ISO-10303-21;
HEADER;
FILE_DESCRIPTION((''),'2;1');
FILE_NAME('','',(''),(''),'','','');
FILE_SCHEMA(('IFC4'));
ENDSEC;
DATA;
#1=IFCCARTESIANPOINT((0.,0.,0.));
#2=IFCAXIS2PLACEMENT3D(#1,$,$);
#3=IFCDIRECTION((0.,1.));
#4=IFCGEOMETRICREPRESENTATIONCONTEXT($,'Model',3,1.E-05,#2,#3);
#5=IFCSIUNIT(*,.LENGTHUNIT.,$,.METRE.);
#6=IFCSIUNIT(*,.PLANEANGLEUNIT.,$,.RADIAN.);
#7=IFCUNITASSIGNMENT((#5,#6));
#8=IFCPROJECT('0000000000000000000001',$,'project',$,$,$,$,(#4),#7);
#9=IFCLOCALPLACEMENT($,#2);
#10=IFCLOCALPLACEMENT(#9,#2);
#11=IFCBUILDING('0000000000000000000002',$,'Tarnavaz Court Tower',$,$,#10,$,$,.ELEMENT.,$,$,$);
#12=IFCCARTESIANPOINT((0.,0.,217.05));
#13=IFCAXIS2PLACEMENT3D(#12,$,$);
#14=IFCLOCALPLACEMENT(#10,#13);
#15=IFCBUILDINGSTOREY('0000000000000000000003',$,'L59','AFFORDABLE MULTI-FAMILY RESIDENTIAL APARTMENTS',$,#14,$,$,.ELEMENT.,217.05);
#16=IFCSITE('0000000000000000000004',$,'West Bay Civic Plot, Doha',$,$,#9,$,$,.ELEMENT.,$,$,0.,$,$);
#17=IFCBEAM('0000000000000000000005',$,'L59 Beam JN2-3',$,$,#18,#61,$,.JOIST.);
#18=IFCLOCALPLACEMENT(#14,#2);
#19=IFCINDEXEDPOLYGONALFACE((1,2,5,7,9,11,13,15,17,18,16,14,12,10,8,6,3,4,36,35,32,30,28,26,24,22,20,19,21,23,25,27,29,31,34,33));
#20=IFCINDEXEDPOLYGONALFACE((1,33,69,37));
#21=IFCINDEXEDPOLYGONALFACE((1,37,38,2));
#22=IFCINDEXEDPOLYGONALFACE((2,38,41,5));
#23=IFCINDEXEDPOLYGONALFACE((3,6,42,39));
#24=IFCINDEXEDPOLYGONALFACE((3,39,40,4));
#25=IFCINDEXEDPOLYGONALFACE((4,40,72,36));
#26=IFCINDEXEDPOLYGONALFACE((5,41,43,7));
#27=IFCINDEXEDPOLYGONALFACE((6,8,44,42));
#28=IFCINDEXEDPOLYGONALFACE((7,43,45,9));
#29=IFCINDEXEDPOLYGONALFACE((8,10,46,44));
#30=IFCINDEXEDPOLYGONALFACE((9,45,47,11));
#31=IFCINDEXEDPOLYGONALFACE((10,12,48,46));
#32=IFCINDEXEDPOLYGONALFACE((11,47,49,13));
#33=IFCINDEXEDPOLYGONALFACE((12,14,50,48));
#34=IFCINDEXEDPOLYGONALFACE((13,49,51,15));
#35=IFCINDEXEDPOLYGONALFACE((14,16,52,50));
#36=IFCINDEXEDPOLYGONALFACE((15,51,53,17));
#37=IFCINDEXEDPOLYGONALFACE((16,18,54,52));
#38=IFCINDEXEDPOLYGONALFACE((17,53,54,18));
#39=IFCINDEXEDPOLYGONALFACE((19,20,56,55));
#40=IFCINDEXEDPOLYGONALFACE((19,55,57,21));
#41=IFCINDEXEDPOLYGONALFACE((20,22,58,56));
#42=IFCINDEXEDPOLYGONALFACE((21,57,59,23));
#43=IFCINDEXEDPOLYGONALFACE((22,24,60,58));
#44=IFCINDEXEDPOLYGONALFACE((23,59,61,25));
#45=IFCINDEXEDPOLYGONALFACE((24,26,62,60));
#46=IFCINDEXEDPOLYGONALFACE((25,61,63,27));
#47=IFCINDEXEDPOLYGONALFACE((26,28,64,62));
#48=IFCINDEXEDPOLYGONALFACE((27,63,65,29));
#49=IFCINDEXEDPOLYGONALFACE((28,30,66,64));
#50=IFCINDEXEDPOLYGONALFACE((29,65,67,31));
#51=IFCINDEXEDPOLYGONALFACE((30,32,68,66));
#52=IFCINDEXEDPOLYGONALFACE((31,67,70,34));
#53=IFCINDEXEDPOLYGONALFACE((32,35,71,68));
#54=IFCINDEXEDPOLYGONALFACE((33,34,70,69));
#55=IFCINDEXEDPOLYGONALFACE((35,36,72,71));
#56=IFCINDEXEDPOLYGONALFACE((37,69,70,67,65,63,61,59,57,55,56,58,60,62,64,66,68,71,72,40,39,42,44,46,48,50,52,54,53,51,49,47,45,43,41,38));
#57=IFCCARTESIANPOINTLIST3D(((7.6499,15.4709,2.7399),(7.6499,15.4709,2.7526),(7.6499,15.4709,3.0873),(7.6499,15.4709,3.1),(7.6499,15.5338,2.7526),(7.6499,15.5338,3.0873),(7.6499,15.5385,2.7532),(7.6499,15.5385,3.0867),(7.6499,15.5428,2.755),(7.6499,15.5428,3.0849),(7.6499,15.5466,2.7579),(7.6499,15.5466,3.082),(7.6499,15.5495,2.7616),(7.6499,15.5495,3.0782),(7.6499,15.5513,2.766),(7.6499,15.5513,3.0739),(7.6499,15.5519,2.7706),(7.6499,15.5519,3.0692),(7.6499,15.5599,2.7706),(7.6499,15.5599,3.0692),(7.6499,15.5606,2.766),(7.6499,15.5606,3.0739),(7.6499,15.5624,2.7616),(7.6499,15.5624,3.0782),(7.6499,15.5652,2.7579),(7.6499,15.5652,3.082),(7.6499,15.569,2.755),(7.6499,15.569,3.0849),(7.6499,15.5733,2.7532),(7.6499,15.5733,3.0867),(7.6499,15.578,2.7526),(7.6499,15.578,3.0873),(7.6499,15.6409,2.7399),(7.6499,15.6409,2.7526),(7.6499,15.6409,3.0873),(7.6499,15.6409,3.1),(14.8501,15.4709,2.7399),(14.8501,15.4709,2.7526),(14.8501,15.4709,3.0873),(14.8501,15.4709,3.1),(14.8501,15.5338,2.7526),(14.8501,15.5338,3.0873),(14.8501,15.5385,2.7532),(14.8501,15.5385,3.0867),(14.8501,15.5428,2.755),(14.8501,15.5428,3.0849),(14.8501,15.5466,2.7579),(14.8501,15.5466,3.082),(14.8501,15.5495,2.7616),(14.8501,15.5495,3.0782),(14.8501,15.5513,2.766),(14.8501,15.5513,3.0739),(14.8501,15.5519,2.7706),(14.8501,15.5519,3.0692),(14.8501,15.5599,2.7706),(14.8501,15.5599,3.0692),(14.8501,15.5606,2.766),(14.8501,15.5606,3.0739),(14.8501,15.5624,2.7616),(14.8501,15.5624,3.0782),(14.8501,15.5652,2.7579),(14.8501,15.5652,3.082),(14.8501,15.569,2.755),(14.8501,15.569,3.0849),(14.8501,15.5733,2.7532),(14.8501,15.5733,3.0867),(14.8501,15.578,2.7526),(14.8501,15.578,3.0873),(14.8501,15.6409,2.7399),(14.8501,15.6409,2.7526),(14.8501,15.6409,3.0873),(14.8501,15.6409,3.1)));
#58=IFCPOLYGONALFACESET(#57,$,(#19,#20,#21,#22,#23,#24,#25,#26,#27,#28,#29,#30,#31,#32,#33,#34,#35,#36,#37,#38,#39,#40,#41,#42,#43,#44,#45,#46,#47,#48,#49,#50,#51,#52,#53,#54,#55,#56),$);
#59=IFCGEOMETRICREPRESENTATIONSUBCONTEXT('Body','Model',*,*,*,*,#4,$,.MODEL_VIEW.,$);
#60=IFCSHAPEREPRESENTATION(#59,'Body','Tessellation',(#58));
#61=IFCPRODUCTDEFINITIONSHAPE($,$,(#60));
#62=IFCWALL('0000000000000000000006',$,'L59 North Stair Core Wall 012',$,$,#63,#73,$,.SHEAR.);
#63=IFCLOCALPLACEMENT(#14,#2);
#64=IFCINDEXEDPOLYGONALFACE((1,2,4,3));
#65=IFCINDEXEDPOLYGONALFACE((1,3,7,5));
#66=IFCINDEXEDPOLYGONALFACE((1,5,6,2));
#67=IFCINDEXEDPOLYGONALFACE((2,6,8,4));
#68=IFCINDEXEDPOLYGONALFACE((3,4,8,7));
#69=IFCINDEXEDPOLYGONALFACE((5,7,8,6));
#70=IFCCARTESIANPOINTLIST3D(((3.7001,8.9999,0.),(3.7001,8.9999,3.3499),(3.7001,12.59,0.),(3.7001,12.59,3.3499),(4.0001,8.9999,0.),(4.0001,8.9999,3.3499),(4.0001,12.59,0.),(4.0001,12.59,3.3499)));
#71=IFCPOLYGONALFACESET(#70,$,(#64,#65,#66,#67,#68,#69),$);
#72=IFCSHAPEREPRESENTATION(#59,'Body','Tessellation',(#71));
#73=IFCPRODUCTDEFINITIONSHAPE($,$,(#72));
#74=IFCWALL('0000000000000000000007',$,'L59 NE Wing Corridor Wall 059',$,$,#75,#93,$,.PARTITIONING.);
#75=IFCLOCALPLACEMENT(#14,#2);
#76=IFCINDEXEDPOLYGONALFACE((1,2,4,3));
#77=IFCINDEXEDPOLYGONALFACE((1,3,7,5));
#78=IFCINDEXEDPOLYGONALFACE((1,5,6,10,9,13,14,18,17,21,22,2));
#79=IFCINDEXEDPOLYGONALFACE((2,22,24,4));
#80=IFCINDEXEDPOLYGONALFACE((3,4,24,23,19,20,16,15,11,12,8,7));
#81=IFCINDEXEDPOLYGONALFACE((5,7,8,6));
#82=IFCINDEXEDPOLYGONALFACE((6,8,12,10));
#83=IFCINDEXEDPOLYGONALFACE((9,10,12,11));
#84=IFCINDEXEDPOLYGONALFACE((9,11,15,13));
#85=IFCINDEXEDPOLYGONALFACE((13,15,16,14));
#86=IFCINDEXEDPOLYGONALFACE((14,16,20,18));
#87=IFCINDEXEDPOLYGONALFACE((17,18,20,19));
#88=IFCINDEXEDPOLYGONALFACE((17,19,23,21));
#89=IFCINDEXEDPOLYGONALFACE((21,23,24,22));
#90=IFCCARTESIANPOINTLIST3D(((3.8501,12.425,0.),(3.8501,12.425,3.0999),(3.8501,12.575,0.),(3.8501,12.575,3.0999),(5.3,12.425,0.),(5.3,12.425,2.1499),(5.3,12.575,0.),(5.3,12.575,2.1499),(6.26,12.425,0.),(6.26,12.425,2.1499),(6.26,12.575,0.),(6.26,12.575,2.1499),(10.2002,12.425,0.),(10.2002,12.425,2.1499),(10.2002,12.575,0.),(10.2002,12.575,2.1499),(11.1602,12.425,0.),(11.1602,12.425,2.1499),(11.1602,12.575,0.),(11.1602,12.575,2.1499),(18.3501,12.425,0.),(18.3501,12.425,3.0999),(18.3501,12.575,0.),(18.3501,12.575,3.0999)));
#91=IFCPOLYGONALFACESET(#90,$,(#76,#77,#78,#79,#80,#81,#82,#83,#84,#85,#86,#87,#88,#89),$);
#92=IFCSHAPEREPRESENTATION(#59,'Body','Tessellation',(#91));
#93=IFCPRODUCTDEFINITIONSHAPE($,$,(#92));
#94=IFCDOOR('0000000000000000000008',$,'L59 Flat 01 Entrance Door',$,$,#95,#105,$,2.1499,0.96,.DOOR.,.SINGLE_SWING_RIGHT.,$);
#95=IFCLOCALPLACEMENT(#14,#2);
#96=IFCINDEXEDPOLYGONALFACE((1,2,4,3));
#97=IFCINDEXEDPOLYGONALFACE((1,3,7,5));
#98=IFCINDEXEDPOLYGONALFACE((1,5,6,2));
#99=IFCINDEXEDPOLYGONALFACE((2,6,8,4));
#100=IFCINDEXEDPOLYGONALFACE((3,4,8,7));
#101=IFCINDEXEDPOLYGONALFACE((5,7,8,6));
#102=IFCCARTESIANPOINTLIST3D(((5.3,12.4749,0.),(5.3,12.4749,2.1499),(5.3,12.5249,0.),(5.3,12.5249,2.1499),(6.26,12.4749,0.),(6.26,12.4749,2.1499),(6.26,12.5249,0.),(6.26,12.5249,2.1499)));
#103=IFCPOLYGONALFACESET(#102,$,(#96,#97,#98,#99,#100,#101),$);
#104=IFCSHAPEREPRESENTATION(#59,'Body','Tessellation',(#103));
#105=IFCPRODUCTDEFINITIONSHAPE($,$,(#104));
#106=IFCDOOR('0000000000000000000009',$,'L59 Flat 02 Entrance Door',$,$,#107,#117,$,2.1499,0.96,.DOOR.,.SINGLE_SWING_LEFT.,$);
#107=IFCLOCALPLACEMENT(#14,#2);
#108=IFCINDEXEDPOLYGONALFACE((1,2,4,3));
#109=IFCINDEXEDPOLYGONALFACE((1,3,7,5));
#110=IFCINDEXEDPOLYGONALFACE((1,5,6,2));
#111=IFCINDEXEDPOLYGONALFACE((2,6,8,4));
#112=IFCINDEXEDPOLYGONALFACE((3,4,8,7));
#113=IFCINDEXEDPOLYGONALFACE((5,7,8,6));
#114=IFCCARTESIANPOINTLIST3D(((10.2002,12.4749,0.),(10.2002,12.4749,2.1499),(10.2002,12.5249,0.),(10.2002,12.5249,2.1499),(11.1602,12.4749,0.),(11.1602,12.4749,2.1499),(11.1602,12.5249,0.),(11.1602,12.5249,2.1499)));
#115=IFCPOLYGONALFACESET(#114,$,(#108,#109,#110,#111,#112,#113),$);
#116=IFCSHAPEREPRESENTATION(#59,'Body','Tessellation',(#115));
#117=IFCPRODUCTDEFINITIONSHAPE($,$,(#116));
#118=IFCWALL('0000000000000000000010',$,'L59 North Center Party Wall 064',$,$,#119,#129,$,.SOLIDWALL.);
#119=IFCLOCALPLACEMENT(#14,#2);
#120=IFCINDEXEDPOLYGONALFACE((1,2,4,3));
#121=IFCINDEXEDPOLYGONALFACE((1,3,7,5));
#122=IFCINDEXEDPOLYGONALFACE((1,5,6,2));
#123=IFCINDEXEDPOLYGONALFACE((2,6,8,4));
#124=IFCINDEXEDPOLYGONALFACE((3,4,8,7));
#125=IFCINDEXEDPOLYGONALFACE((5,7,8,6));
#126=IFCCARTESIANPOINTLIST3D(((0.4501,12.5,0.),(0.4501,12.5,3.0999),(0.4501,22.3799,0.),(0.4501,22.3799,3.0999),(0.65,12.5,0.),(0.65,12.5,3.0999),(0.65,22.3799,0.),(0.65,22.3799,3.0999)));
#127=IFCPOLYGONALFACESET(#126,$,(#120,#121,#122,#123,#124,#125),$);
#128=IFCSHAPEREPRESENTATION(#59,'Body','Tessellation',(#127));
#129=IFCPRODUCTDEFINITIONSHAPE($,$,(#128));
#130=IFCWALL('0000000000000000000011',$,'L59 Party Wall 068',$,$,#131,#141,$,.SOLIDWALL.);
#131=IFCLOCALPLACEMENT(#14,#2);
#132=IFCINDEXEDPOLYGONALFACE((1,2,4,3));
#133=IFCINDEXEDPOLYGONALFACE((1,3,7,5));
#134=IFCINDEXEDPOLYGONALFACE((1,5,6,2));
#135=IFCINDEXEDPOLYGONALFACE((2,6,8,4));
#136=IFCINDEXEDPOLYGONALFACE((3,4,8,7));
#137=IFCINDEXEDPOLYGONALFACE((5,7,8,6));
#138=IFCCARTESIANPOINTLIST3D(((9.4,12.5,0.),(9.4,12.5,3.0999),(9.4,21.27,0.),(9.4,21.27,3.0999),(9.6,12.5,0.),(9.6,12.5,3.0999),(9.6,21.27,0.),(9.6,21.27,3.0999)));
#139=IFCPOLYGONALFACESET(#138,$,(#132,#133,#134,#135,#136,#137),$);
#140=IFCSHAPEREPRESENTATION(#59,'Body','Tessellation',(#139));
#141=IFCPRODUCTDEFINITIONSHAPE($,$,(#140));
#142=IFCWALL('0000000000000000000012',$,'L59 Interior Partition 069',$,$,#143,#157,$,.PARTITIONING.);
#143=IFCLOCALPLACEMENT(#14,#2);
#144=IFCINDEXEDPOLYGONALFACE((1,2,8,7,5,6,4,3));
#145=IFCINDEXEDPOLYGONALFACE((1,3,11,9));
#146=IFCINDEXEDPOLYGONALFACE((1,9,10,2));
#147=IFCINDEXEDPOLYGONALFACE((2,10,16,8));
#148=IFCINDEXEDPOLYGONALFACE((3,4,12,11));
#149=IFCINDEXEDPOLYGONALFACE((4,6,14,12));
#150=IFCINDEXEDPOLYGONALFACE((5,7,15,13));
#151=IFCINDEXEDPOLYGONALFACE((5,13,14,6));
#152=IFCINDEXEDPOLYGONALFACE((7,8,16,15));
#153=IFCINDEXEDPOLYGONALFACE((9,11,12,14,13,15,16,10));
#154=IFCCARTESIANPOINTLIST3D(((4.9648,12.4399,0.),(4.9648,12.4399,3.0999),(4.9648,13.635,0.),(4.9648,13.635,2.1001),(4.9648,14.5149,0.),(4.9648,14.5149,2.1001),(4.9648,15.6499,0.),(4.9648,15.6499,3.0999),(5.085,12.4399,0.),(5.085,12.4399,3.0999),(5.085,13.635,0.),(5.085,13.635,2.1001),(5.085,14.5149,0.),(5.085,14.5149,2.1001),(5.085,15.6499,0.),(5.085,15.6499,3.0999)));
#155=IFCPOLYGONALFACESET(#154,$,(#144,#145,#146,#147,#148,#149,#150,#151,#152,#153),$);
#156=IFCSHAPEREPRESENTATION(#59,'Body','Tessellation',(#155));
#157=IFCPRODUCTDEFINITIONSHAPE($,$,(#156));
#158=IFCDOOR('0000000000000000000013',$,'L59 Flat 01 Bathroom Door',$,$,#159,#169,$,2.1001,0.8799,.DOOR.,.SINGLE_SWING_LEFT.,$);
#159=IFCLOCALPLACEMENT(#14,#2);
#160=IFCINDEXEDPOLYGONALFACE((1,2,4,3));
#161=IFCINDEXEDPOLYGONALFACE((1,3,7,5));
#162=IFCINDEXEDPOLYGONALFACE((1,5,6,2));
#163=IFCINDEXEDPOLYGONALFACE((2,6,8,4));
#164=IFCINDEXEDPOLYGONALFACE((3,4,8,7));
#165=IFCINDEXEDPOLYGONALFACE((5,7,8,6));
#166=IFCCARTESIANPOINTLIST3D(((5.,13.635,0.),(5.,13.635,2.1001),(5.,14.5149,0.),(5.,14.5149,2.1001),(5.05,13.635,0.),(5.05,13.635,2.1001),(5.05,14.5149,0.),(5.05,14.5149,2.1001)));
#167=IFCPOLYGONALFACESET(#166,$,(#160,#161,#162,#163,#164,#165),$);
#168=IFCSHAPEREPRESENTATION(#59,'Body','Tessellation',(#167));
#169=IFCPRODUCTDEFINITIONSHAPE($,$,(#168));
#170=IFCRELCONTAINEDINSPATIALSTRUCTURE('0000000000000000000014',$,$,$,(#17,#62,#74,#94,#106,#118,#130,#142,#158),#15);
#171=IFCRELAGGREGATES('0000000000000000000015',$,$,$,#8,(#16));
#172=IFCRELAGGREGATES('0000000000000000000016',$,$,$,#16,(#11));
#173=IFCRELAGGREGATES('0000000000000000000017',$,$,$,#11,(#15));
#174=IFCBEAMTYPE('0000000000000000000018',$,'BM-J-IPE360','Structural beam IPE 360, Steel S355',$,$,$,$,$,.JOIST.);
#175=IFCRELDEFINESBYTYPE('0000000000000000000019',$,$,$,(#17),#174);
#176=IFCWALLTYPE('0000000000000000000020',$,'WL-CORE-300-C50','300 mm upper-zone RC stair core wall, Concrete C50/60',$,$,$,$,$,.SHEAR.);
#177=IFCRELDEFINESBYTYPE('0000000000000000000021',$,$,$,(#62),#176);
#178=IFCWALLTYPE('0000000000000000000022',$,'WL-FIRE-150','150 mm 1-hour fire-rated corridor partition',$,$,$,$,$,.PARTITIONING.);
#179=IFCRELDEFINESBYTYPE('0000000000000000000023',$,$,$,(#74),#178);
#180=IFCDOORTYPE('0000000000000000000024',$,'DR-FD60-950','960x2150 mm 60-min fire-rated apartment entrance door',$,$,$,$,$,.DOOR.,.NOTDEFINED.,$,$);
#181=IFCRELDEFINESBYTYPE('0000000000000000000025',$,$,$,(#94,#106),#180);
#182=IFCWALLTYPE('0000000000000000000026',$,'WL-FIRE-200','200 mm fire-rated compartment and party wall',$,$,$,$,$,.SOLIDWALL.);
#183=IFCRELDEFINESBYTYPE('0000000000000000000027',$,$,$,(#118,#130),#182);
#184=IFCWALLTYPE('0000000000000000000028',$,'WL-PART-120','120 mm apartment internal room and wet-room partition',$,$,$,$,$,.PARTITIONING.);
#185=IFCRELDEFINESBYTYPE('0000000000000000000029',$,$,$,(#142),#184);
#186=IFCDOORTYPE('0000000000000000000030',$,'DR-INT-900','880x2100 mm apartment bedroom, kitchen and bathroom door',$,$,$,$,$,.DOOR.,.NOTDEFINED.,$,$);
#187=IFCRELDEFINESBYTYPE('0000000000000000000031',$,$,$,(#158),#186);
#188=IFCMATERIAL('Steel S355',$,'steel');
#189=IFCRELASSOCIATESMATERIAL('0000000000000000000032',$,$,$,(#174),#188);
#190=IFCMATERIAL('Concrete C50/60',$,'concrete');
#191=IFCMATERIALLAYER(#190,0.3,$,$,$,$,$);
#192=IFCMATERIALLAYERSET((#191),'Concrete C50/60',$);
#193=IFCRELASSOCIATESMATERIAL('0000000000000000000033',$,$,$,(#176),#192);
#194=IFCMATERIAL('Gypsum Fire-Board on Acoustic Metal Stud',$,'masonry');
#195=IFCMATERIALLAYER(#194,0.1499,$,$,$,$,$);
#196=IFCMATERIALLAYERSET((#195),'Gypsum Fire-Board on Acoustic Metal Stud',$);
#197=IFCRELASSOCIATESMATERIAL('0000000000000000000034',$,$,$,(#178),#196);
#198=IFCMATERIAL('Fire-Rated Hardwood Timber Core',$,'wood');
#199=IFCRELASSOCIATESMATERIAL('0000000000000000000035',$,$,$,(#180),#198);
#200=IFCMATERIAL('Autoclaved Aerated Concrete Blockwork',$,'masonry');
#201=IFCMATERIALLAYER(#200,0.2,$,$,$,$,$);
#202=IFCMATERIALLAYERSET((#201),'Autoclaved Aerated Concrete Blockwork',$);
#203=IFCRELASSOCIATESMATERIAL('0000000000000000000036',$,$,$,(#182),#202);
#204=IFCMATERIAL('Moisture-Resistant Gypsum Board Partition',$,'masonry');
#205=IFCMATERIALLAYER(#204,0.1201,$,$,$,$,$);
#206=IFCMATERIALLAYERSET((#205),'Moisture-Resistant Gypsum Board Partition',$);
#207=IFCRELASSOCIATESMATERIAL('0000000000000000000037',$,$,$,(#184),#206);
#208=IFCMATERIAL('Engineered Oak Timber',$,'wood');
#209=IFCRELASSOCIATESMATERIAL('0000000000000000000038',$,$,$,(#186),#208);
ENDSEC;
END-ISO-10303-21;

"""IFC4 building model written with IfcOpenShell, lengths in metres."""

from ifc_helpers import new_model, si_unit, direction, frame, frame_2d, origin, origin_2d, place, context, subcontext, project, spatial, rectangle, i_section, extrude, material, layer, layer_set, material_profile, profile_set, type_object, element, fill, save


model = new_model("IFC4")

# Units and contexts
model_context = context("Model", 3, precision=1e-05, world=origin(), true_north=direction((0.0, 1.0)))
body_context = subcontext(model_context, "Body", "Model", "MODEL_VIEW")
ifc_project = project(units=[si_unit("LENGTHUNIT", "METRE"), si_unit("PLANEANGLEUNIT", "RADIAN")], contexts=[model_context])

# Site, building, storey
site_placement = place(None, origin())
site = spatial("IfcSite", under=ifc_project, at=site_placement, Name="West Bay Civic Plot, Doha", CompositionType="ELEMENT", RefElevation=0.0)
building_placement = place(site_placement, origin())
building = spatial("IfcBuilding", under=site, at=building_placement, Name="Tarnavaz Court Tower", CompositionType="ELEMENT")
storey_placement = place(building_placement, frame((0.0, 0.0, 217.05)))
storey = spatial("IfcBuildingStorey", under=building, at=storey_placement, Name="L59", Description="AFFORDABLE MULTI-FAMILY RESIDENTIAL APARTMENTS", CompositionType="ELEMENT", Elevation=217.05)

# Shared definitions
ifc_material_1 = material(Name="Concrete C50/60", Category="concrete")

# Beam
ifc_material_2 = material(Name="Steel S355", Category="steel")
ifc_material_profile_1 = material_profile(ifc_material_2, i_section(OverallWidth=0.1699, OverallDepth=0.3601, WebThickness=0.0081, FlangeThickness=0.0127, FilletRadius=0.0181, at=origin_2d()), Name="IPE 360")
ifc_profile_set_1 = profile_set([ifc_material_profile_1], Name="Steel S355")
beam_type_1 = type_object("IfcBeamType", Name="BM-J-IPE360", Description="Structural beam IPE 360, Steel S355", PredefinedType="JOIST", material=ifc_profile_set_1)
for number, where, z_axis, x_axis, name in (
    (1, (7.6499, 15.5559, 2.9199), (1.0, 0.0, 0.0), (0.0, 1.0, 0.0), "L59 Beam JN2-3"),
):
    element("IfcBeam", number, at=place(storey_placement, frame(where, z_axis=z_axis, x_axis=x_axis)), inside=storey, type_object=beam_type_1, Name=name, PredefinedType="JOIST", context=body_context, shape_type="SweptSolid", body=[
        extrude(i_section(OverallWidth=0.1699, OverallDepth=0.3601, WebThickness=0.0081, FlangeThickness=0.0127, FilletRadius=0.0181, at=origin_2d()), origin(), (0.0, 0.0, 1.0), 7.2002),
    ])

# Shared definitions
ifc_layer_1 = layer(ifc_material_1, 0.3)
ifc_layer_set_1 = layer_set([ifc_layer_1], Name="Concrete C50/60")
wall_type_1 = type_object("IfcWallType", Name="WL-CORE-300-C50", Description="300 mm upper-zone RC stair core wall, Concrete C50/60", PredefinedType="SHEAR", material=ifc_layer_set_1)
ifc_material_3 = material(Name="Fire-Rated Hardwood Timber Core", Category="wood")

# Wall
wall_1_placement = place(storey_placement, frame((3.8501, 9.0, 0.0), z_axis=(0.0, 0.0, 1.0), x_axis=(0.0, 1.0, 0.0)))
element("IfcWall", 2, at=wall_1_placement, inside=storey, type_object=wall_type_1, Name="L59 North Stair Core Wall 012", PredefinedType="SHEAR", context=body_context, shape_type="SweptSolid", body=[
    extrude(rectangle(XDim=3.5901, YDim=0.3, at=frame_2d((1.7949, 0.0))), origin(), (0.0, 0.0, 1.0), 3.3499),
])

# Wall, openings, doors
ifc_material_4 = material(Name="Gypsum Fire-Board on Acoustic Metal Stud", Category="masonry")
ifc_layer_2 = layer(ifc_material_4, 0.1499)
ifc_layer_set_2 = layer_set([ifc_layer_2], Name="Gypsum Fire-Board on Acoustic Metal Stud")
wall_type_2 = type_object("IfcWallType", Name="WL-FIRE-150", Description="150 mm 1-hour fire-rated corridor partition", PredefinedType="PARTITIONING", material=ifc_layer_set_2)
wall_2_placement = place(storey_placement, frame((3.8501, 12.5, 0.0), z_axis=(0.0, 0.0, 1.0), x_axis=(1.0, 0.0, 0.0)))
wall_2 = element("IfcWall", 3, at=wall_2_placement, inside=storey, type_object=wall_type_2, Name="L59 NE Wing Corridor Wall 059", PredefinedType="PARTITIONING", context=body_context, shape_type="SweptSolid", body=[
    extrude(rectangle(XDim=14.5, YDim=0.1499, at=frame_2d((7.25, 0.0))), origin(), (0.0, 0.0, 1.0), 3.0999),
])
opening_1_placement = place(wall_2_placement, frame((1.45, 0.0, 0.0)))
opening_1 = element("IfcOpeningElement", 4, at=opening_1_placement, cuts=wall_2, PredefinedType="OPENING", context=body_context, shape_type="SweptSolid", body=[
    extrude(rectangle(XDim=0.96, YDim=2.1499, at=frame_2d((0.48, 1.075))), frame((0.0, 0.085, 0.0), z_axis=(0.0, -1.0, 0.0), x_axis=(1.0, 0.0, 0.0)), (0.0, 0.0, 1.0), 0.1699),
])
opening_2_placement = place(wall_2_placement, frame((6.3501, 0.0, 0.0)))
opening_2 = element("IfcOpeningElement", 5, at=opening_2_placement, cuts=wall_2, PredefinedType="OPENING", context=body_context, shape_type="SweptSolid", body=[
    extrude(rectangle(XDim=0.96, YDim=2.1499, at=frame_2d((0.48, 1.075))), frame((0.0, 0.085, 0.0), z_axis=(0.0, -1.0, 0.0), x_axis=(1.0, 0.0, 0.0)), (0.0, 0.0, 1.0), 0.1699),
])
door_type_1 = type_object("IfcDoorType", Name="DR-FD60-950", Description="960x2150 mm 60-min fire-rated apartment entrance door", OperationType="NOTDEFINED", PredefinedType="DOOR", material=ifc_material_3)
door_1_placement = place(opening_1_placement, origin())
door_1 = element("IfcDoor", 6, at=door_1_placement, inside=storey, type_object=door_type_1, Name="L59 Flat 01 Entrance Door", OperationType="SINGLE_SWING_RIGHT", OverallHeight=2.1499, OverallWidth=0.96, PredefinedType="DOOR", context=body_context, shape_type="SweptSolid", body=[
    extrude(rectangle(XDim=0.96, YDim=2.1499, at=frame_2d((0.48, 1.075))), frame((0.0, 0.0249, 0.0), z_axis=(0.0, -1.0, 0.0), x_axis=(1.0, 0.0, 0.0)), (0.0, 0.0, 1.0), 0.05),
])
fill(opening_1, door_1)
door_2_placement = place(opening_2_placement, origin())
door_2 = element("IfcDoor", 7, at=door_2_placement, inside=storey, type_object=door_type_1, Name="L59 Flat 02 Entrance Door", OperationType="SINGLE_SWING_LEFT", OverallHeight=2.1499, OverallWidth=0.96, PredefinedType="DOOR", context=body_context, shape_type="SweptSolid", body=[
    extrude(rectangle(XDim=0.96, YDim=2.1499, at=frame_2d((0.48, 1.075))), frame((0.0, 0.0249, 0.0), z_axis=(0.0, -1.0, 0.0), x_axis=(1.0, 0.0, 0.0)), (0.0, 0.0, 1.0), 0.05),
])
fill(opening_2, door_2)

# Walls
ifc_material_5 = material(Name="Autoclaved Aerated Concrete Blockwork", Category="masonry")
ifc_layer_3 = layer(ifc_material_5, 0.2)
ifc_layer_set_3 = layer_set([ifc_layer_3], Name="Autoclaved Aerated Concrete Blockwork")
wall_type_3 = type_object("IfcWallType", Name="WL-FIRE-200", Description="200 mm fire-rated compartment and party wall", PredefinedType="SOLIDWALL", material=ifc_layer_set_3)
wall_3_placement = place(storey_placement, frame((0.55, 12.5, 0.0), z_axis=(0.0, 0.0, 1.0), x_axis=(0.0, 1.0, 0.0)))
element("IfcWall", 8, at=wall_3_placement, inside=storey, type_object=wall_type_3, Name="L59 North Center Party Wall 064", PredefinedType="SOLIDWALL", context=body_context, shape_type="SweptSolid", body=[
    extrude(rectangle(XDim=9.8799, YDim=0.2, at=frame_2d((4.9399, 0.0))), origin(), (0.0, 0.0, 1.0), 3.0999),
])
wall_4_placement = place(storey_placement, frame((9.5, 12.5, 0.0), z_axis=(0.0, 0.0, 1.0), x_axis=(0.0, 1.0, 0.0)))
element("IfcWall", 9, at=wall_4_placement, inside=storey, type_object=wall_type_3, Name="L59 Party Wall 068", PredefinedType="SOLIDWALL", context=body_context, shape_type="SweptSolid", body=[
    extrude(rectangle(XDim=8.77, YDim=0.2, at=frame_2d((4.385, 0.0))), origin(), (0.0, 0.0, 1.0), 3.0999),
])

# Wall, opening, door
ifc_material_6 = material(Name="Moisture-Resistant Gypsum Board Partition", Category="masonry")
ifc_layer_4 = layer(ifc_material_6, 0.1201)
ifc_layer_set_4 = layer_set([ifc_layer_4], Name="Moisture-Resistant Gypsum Board Partition")
wall_type_4 = type_object("IfcWallType", Name="WL-PART-120", Description="120 mm apartment internal room and wet-room partition", PredefinedType="PARTITIONING", material=ifc_layer_set_4)
wall_5_placement = place(storey_placement, frame((5.0249, 12.4399, 0.0), z_axis=(0.0, 0.0, 1.0), x_axis=(0.0, 1.0, 0.0)))
wall_5 = element("IfcWall", 10, at=wall_5_placement, inside=storey, type_object=wall_type_4, Name="L59 Interior Partition 069", PredefinedType="PARTITIONING", context=body_context, shape_type="SweptSolid", body=[
    extrude(rectangle(XDim=3.21, YDim=0.1201, at=frame_2d((1.605, 0.0))), origin(), (0.0, 0.0, 1.0), 3.0999),
])
opening_3_placement = place(wall_5_placement, frame((1.1951, 0.0, 0.0)))
opening_3 = element("IfcOpeningElement", 11, at=opening_3_placement, cuts=wall_5, PredefinedType="OPENING", context=body_context, shape_type="SweptSolid", body=[
    extrude(rectangle(XDim=0.8799, YDim=2.1001, at=frame_2d((0.4399, 1.05))), frame((0.0, 0.0701, 0.0), z_axis=(0.0, -1.0, 0.0), x_axis=(1.0, 0.0, 0.0)), (0.0, 0.0, 1.0), 0.1401),
])
ifc_material_7 = material(Name="Engineered Oak Timber", Category="wood")
door_type_2 = type_object("IfcDoorType", Name="DR-INT-900", Description="880x2100 mm apartment bedroom, kitchen and bathroom door", OperationType="NOTDEFINED", PredefinedType="DOOR", material=ifc_material_7)
door_3_placement = place(opening_3_placement, origin())
door_3 = element("IfcDoor", 12, at=door_3_placement, inside=storey, type_object=door_type_2, Name="L59 Flat 01 Bathroom Door", OperationType="SINGLE_SWING_LEFT", OverallHeight=2.1001, OverallWidth=0.8799, PredefinedType="DOOR", context=body_context, shape_type="SweptSolid", body=[
    extrude(rectangle(XDim=0.8799, YDim=2.1001, at=frame_2d((0.4399, 1.05))), frame((0.0, 0.0249, 0.0), z_axis=(0.0, -1.0, 0.0), x_axis=(1.0, 0.0, 0.0)), (0.0, 0.0, 1.0), 0.05),
])
fill(opening_3, door_3)

save(model, "model.ifc")
